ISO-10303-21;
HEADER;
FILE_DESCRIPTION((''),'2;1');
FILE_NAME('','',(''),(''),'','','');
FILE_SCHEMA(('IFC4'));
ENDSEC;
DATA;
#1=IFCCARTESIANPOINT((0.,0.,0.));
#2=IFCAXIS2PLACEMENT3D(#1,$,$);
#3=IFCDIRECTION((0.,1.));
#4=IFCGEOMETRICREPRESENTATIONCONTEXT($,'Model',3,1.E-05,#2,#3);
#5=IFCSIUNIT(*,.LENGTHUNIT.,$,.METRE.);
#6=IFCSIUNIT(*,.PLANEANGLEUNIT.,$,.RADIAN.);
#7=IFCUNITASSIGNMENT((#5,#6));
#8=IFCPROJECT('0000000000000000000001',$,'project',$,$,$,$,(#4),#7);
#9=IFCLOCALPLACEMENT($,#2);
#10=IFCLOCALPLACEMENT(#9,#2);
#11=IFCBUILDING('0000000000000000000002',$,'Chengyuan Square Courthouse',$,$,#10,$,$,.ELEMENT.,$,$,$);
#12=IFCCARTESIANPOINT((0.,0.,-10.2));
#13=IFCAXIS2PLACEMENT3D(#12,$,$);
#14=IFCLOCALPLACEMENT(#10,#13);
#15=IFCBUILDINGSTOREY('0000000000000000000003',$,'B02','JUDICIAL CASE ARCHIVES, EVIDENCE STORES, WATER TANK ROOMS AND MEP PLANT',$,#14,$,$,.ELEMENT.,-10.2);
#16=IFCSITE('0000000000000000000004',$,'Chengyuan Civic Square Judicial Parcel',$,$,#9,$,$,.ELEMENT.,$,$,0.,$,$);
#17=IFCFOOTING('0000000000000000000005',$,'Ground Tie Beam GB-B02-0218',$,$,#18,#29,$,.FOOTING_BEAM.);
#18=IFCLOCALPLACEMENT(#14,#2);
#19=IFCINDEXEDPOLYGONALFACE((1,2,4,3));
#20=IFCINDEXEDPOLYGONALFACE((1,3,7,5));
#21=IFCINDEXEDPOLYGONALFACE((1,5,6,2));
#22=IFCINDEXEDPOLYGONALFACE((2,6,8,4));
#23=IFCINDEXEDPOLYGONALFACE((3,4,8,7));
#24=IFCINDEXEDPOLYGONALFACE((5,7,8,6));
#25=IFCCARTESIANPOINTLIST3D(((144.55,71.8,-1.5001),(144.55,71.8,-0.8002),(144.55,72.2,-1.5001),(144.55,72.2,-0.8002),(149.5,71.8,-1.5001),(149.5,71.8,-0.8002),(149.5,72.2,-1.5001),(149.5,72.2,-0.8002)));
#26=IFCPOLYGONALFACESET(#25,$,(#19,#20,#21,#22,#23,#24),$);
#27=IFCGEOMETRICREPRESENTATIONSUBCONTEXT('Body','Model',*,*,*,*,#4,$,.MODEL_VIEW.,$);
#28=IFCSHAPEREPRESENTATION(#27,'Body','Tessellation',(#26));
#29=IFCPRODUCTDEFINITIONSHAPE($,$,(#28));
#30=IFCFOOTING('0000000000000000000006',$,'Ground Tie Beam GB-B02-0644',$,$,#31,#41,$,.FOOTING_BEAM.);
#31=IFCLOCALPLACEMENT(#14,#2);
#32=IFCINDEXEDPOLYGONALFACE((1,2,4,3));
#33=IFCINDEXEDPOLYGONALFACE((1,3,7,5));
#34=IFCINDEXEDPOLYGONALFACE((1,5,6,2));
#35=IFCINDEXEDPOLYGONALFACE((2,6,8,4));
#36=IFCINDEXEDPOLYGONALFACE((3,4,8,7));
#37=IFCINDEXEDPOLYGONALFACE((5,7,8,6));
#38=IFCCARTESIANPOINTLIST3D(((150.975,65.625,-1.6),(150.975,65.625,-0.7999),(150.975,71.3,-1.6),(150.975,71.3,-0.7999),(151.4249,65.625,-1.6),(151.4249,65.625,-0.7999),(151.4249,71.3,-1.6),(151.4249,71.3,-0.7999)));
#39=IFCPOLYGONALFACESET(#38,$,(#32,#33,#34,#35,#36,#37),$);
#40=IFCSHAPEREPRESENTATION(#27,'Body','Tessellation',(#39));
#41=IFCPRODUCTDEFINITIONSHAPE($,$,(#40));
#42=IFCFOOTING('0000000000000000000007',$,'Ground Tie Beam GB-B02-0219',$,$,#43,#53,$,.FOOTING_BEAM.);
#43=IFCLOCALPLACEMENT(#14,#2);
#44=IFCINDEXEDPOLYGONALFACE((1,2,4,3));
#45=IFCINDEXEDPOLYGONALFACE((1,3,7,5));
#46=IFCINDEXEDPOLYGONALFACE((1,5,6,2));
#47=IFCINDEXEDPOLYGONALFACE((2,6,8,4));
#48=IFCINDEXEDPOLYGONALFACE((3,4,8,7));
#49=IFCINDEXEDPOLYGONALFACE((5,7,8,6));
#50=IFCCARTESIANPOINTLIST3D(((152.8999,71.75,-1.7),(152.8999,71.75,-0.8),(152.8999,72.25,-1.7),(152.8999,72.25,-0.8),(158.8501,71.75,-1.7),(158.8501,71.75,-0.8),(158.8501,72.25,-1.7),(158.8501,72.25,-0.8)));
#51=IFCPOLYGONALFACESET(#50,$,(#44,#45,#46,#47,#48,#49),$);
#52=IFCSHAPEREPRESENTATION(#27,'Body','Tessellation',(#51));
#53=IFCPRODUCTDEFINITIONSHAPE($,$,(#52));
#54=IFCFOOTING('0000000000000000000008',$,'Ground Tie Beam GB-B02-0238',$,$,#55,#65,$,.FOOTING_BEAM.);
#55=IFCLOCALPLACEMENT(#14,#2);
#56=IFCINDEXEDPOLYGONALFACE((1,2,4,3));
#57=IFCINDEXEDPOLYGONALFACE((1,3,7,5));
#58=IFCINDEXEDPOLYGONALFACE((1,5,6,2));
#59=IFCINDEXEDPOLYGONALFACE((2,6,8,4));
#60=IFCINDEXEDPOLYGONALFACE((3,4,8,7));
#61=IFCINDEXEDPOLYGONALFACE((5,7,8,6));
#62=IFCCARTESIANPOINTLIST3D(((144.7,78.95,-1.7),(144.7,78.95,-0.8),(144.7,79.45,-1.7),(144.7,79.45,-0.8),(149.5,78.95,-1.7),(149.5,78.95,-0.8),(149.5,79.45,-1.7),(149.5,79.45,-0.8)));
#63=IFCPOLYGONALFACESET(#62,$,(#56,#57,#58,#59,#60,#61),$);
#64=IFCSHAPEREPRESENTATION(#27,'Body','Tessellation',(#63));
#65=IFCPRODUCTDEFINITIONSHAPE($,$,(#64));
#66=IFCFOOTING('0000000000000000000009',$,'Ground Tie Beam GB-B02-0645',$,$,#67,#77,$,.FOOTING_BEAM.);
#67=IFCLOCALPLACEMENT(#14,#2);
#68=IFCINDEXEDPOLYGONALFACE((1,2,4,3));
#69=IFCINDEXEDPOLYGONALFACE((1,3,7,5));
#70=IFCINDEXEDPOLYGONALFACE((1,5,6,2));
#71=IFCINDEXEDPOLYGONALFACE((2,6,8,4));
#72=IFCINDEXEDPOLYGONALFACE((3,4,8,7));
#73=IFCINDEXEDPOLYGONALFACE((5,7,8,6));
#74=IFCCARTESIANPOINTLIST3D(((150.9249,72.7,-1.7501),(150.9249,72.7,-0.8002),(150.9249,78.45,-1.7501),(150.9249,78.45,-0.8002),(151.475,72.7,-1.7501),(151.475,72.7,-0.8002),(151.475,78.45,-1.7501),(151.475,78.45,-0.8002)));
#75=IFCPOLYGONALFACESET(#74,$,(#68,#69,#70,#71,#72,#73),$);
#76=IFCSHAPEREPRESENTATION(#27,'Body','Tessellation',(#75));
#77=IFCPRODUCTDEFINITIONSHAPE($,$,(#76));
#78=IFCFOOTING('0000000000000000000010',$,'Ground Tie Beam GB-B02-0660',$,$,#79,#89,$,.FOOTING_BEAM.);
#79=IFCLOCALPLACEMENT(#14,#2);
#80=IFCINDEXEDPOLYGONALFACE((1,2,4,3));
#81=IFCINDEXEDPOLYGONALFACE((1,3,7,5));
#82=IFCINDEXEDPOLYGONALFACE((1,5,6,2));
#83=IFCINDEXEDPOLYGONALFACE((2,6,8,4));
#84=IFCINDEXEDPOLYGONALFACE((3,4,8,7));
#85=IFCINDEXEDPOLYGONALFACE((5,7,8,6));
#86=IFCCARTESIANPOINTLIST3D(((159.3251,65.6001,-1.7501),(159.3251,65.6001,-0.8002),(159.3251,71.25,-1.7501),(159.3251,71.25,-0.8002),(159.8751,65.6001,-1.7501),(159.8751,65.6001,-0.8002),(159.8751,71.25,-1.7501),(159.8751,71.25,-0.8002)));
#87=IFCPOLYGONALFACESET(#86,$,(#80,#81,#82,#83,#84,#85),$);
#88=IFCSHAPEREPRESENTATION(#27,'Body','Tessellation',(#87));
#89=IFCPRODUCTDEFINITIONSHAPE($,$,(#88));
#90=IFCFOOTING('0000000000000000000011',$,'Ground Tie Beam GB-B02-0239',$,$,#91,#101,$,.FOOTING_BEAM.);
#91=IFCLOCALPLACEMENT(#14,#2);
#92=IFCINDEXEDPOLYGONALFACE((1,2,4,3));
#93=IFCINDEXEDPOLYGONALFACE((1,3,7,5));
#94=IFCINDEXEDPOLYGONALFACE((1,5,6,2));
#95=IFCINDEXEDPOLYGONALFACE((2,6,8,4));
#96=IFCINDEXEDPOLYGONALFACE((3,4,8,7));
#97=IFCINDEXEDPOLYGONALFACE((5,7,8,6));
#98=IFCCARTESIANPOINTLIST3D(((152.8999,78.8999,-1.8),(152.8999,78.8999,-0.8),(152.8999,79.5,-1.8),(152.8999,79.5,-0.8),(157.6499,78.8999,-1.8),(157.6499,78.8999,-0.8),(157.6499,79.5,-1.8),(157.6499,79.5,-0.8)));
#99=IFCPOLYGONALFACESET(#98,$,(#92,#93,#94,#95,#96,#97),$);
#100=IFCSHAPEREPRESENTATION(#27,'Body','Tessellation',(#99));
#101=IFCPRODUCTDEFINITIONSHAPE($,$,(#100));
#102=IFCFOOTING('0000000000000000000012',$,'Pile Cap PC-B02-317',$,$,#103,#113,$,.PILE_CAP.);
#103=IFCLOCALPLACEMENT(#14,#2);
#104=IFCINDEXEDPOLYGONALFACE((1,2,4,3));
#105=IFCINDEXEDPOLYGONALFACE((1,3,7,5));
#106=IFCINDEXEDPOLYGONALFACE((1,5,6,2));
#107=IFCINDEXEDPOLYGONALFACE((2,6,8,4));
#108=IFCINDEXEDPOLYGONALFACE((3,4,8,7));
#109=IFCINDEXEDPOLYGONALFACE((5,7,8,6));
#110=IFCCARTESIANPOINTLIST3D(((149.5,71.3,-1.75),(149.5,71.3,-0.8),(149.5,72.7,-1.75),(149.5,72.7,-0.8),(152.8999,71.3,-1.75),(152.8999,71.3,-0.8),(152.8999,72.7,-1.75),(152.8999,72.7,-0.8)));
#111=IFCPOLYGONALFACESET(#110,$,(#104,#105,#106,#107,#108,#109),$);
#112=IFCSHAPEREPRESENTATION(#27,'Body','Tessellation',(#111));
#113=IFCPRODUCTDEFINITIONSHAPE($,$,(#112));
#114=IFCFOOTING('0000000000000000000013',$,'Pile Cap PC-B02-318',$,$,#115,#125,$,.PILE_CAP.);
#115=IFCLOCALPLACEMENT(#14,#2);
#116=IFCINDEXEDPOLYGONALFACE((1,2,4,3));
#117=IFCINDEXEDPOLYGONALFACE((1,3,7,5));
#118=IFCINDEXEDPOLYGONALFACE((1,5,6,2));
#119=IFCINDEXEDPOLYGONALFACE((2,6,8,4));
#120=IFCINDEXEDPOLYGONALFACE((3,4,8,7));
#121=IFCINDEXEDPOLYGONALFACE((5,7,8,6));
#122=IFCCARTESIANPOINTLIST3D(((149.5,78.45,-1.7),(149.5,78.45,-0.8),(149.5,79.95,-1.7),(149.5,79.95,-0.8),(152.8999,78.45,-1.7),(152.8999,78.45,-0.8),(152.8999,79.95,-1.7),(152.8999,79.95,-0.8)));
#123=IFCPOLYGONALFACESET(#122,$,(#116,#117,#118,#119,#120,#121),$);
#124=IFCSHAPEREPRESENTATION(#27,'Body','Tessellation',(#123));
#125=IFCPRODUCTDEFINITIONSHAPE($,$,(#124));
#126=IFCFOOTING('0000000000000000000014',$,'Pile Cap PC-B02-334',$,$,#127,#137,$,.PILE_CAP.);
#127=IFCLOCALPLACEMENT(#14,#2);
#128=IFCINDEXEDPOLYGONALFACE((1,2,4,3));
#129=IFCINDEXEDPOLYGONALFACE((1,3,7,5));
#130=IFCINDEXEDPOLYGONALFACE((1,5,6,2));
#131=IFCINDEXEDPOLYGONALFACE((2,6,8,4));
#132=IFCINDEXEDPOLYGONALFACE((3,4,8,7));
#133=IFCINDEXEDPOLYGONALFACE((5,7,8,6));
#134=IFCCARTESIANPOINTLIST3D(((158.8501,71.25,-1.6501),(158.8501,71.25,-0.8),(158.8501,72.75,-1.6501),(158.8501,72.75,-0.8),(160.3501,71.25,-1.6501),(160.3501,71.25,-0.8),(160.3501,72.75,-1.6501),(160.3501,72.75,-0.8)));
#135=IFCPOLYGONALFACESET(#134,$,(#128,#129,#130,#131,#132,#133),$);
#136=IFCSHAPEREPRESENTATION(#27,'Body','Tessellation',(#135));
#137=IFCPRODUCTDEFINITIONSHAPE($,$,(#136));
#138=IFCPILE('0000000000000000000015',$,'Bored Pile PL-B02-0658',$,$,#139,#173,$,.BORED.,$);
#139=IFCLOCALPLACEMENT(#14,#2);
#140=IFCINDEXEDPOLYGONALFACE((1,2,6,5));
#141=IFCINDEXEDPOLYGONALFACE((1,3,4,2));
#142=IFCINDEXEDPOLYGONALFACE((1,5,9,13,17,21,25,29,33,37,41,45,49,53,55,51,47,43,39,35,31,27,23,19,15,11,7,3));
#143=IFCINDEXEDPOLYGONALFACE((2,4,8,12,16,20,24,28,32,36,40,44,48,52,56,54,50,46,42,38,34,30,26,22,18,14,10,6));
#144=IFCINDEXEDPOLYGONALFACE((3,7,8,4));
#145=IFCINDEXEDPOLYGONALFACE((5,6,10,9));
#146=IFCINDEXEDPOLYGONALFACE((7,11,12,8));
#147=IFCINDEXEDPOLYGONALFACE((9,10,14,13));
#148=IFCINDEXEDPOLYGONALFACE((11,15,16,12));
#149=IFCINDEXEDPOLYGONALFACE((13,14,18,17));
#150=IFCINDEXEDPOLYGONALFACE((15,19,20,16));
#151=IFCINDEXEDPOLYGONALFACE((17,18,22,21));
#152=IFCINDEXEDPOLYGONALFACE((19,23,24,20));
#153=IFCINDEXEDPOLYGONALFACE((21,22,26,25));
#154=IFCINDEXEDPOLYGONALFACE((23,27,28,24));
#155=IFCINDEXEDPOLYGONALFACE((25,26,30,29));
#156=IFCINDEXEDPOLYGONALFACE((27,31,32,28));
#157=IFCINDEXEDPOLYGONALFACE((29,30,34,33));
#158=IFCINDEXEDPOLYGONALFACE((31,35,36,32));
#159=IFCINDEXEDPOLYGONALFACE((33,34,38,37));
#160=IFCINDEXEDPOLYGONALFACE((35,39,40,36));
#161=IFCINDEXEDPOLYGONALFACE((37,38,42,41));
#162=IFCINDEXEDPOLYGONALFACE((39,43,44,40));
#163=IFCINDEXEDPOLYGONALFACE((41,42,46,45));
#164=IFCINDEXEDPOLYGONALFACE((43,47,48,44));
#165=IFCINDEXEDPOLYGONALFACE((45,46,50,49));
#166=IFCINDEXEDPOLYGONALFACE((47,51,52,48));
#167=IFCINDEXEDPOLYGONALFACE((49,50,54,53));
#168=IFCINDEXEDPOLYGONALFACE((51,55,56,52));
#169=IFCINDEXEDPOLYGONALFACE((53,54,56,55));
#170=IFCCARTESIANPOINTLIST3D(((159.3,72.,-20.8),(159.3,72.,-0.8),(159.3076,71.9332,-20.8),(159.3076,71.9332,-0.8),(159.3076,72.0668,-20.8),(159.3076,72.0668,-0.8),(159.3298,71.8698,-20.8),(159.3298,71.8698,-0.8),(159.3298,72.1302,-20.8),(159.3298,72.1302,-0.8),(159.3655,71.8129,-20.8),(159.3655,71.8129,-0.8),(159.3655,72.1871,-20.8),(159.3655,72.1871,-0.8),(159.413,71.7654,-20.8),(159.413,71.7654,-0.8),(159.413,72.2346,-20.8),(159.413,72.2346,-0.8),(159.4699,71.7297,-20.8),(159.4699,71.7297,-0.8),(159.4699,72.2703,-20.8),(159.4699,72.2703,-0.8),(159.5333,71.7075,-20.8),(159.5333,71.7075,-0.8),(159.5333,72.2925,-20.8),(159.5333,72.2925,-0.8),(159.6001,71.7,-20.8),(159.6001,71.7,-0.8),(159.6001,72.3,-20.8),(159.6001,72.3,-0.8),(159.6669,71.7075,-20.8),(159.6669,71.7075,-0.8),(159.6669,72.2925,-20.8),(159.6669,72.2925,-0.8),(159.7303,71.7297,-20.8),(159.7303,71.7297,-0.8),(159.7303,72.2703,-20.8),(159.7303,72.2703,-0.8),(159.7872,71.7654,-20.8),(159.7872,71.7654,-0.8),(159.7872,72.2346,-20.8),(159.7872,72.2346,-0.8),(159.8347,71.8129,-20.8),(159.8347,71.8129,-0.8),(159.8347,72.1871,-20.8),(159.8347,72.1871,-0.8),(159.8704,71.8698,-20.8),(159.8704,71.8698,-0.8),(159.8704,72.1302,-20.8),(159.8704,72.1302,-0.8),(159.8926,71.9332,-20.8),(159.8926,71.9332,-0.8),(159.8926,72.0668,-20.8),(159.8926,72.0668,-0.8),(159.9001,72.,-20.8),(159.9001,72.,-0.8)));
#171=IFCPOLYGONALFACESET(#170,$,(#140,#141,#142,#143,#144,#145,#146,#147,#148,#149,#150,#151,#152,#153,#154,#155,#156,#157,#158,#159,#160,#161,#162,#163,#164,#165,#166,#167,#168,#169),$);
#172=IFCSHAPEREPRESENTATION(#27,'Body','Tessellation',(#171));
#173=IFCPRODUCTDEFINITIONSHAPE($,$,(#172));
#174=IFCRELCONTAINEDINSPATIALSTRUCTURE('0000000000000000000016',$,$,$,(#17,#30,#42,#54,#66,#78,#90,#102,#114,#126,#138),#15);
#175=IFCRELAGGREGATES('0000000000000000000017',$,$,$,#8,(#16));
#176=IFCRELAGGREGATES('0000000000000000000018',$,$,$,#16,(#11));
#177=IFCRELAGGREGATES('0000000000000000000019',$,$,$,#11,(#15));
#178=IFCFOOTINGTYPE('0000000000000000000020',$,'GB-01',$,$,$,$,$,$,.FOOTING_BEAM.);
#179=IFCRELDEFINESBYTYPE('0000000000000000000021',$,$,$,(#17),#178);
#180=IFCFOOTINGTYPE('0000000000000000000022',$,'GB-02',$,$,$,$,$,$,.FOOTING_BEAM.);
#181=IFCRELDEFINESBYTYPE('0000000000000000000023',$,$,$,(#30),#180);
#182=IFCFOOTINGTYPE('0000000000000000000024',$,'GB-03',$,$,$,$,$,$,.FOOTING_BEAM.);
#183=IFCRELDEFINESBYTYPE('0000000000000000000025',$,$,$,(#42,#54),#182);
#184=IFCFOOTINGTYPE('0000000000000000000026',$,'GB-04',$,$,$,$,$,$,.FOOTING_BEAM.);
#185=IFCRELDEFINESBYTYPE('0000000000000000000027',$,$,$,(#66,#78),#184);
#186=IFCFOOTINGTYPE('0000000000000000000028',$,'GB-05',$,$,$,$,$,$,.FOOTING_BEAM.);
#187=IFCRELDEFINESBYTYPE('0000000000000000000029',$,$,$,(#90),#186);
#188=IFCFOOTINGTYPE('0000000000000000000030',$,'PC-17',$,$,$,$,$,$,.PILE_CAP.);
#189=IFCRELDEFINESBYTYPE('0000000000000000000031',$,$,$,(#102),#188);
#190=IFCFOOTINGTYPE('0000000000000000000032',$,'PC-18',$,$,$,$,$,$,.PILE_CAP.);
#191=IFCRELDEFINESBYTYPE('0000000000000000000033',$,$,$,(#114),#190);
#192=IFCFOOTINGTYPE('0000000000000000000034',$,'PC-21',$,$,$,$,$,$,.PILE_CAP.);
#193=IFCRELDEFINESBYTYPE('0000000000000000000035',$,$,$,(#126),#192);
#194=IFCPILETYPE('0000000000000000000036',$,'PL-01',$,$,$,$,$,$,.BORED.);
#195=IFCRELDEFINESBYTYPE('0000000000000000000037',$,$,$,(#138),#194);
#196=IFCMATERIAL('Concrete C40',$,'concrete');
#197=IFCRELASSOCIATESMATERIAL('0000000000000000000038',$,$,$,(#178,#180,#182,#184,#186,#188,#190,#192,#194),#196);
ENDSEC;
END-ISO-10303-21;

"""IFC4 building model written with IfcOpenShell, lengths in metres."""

from ifc_helpers import new_model, si_unit, direction, frame, origin, origin_2d, place, context, subcontext, project, spatial, rectangle, circle, extrude, material, material_profile, profile_set, type_object, element, save


model = new_model("IFC4")

# Units and contexts
model_context = context("Model", 3, precision=1e-05, world=origin(), true_north=direction((0.0, 1.0)))
body_context = subcontext(model_context, "Body", "Model", "MODEL_VIEW")
ifc_project = project(units=[si_unit("LENGTHUNIT", "METRE"), si_unit("PLANEANGLEUNIT", "RADIAN")], contexts=[model_context])

# Site, building, storey
site_placement = place(None, origin())
site = spatial("IfcSite", under=ifc_project, at=site_placement, Name="Chengyuan Civic Square Judicial Parcel", CompositionType="ELEMENT", RefElevation=0.0)
building_placement = place(site_placement, origin())
building = spatial("IfcBuilding", under=site, at=building_placement, Name="Chengyuan Square Courthouse", CompositionType="ELEMENT")
storey_placement = place(building_placement, frame((0.0, 0.0, -10.2)))
storey = spatial("IfcBuildingStorey", under=building, at=storey_placement, Name="B02", Description="JUDICIAL CASE ARCHIVES, EVIDENCE STORES, WATER TANK ROOMS AND MEP PLANT", CompositionType="ELEMENT", Elevation=-10.2)

# Footings
ifc_material_1 = material(Name="Concrete C40", Category="concrete")
ifc_material_profile_1 = material_profile(ifc_material_1, rectangle(XDim=0.3999, YDim=0.7, at=origin_2d()), Name="GB-400x700")
ifc_profile_set_1 = profile_set([ifc_material_profile_1], Name="Concrete C40")
footing_type_1 = type_object("IfcFootingType", Name="GB-01", PredefinedType="FOOTING_BEAM", material=ifc_profile_set_1)
footing_1_placement = place(storey_placement, frame((144.55, 72.0, -1.1501), z_axis=(1.0, 0.0, 0.0), x_axis=(0.0, 1.0, 0.0)))
element("IfcFooting", 1, at=footing_1_placement, inside=storey, type_object=footing_type_1, Name="Ground Tie Beam GB-B02-0218", PredefinedType="FOOTING_BEAM", context=body_context, shape_type="SweptSolid", body=[
    extrude(rectangle(XDim=0.3999, YDim=0.7, at=origin_2d()), origin(), (0.0, 0.0, 1.0), 4.95),
])
ifc_material_profile_2 = material_profile(ifc_material_1, rectangle(XDim=0.45, YDim=0.8, at=origin_2d()), Name="GB-450x800")
ifc_profile_set_2 = profile_set([ifc_material_profile_2], Name="Concrete C40")
footing_type_2 = type_object("IfcFootingType", Name="GB-02", PredefinedType="FOOTING_BEAM", material=ifc_profile_set_2)
footing_2_placement = place(storey_placement, frame((151.2, 65.625, -1.2), z_axis=(0.0, 1.0, 0.0), x_axis=(-1.0, 0.0, 0.0)))
element("IfcFooting", 2, at=footing_2_placement, inside=storey, type_object=footing_type_2, Name="Ground Tie Beam GB-B02-0644", PredefinedType="FOOTING_BEAM", context=body_context, shape_type="SweptSolid", body=[
    extrude(rectangle(XDim=0.45, YDim=0.8, at=origin_2d()), origin(), (0.0, 0.0, 1.0), 5.675),
])
ifc_material_profile_3 = material_profile(ifc_material_1, rectangle(XDim=0.5, YDim=0.8999, at=origin_2d()), Name="GB-500x900")
ifc_profile_set_3 = profile_set([ifc_material_profile_3], Name="Concrete C40")
footing_type_3 = type_object("IfcFootingType", Name="GB-03", PredefinedType="FOOTING_BEAM", material=ifc_profile_set_3)
footing_3_placement = place(storey_placement, frame((152.8999, 72.0, -1.25), z_axis=(1.0, 0.0, 0.0), x_axis=(0.0, 1.0, 0.0)))
element("IfcFooting", 3, at=footing_3_placement, inside=storey, type_object=footing_type_3, Name="Ground Tie Beam GB-B02-0219", PredefinedType="FOOTING_BEAM", context=body_context, shape_type="SweptSolid", body=[
    extrude(rectangle(XDim=0.5, YDim=0.8999, at=origin_2d()), origin(), (0.0, 0.0, 1.0), 5.9502),
])
footing_4_placement = place(storey_placement, frame((144.7, 79.2, -1.25), z_axis=(1.0, 0.0, 0.0), x_axis=(0.0, 1.0, 0.0)))
element("IfcFooting", 4, at=footing_4_placement, inside=storey, type_object=footing_type_3, Name="Ground Tie Beam GB-B02-0238", PredefinedType="FOOTING_BEAM", context=body_context, shape_type="SweptSolid", body=[
    extrude(rectangle(XDim=0.5, YDim=0.8999, at=origin_2d()), origin(), (0.0, 0.0, 1.0), 4.8),
])
ifc_material_profile_4 = material_profile(ifc_material_1, rectangle(XDim=0.55, YDim=0.95, at=origin_2d()), Name="GB-550x950")
ifc_profile_set_4 = profile_set([ifc_material_profile_4], Name="Concrete C40")
footing_type_4 = type_object("IfcFootingType", Name="GB-04", PredefinedType="FOOTING_BEAM", material=ifc_profile_set_4)
footing_5_placement = place(storey_placement, frame((151.2, 72.7, -1.2751), z_axis=(0.0, 1.0, 0.0), x_axis=(-1.0, 0.0, 0.0)))
element("IfcFooting", 5, at=footing_5_placement, inside=storey, type_object=footing_type_4, Name="Ground Tie Beam GB-B02-0645", PredefinedType="FOOTING_BEAM", context=body_context, shape_type="SweptSolid", body=[
    extrude(rectangle(XDim=0.55, YDim=0.95, at=origin_2d()), origin(), (0.0, 0.0, 1.0), 5.75),
])
footing_6_placement = place(storey_placement, frame((159.6001, 65.6001, -1.2751), z_axis=(0.0, 1.0, 0.0), x_axis=(-1.0, 0.0, 0.0)))
element("IfcFooting", 6, at=footing_6_placement, inside=storey, type_object=footing_type_4, Name="Ground Tie Beam GB-B02-0660", PredefinedType="FOOTING_BEAM", context=body_context, shape_type="SweptSolid", body=[
    extrude(rectangle(XDim=0.55, YDim=0.95, at=origin_2d()), origin(), (0.0, 0.0, 1.0), 5.6499),
])
ifc_material_profile_5 = material_profile(ifc_material_1, rectangle(XDim=0.6001, YDim=1.0, at=origin_2d()), Name="GB-600x1000")
ifc_profile_set_5 = profile_set([ifc_material_profile_5], Name="Concrete C40")
footing_type_5 = type_object("IfcFootingType", Name="GB-05", PredefinedType="FOOTING_BEAM", material=ifc_profile_set_5)
footing_7_placement = place(storey_placement, frame((152.8999, 79.2, -1.3), z_axis=(1.0, 0.0, 0.0), x_axis=(0.0, 1.0, 0.0)))
element("IfcFooting", 7, at=footing_7_placement, inside=storey, type_object=footing_type_5, Name="Ground Tie Beam GB-B02-0239", PredefinedType="FOOTING_BEAM", context=body_context, shape_type="SweptSolid", body=[
    extrude(rectangle(XDim=0.6001, YDim=1.0, at=origin_2d()), origin(), (0.0, 0.0, 1.0), 4.75),
])
footing_type_6 = type_object("IfcFootingType", Name="PC-17", PredefinedType="PILE_CAP", material=ifc_material_1)
footing_8_placement = place(storey_placement, frame((151.2, 72.0, -1.75), z_axis=(0.0, 0.0, 1.0), x_axis=(1.0, 0.0, 0.0)))
element("IfcFooting", 8, at=footing_8_placement, inside=storey, type_object=footing_type_6, Name="Pile Cap PC-B02-317", PredefinedType="PILE_CAP", context=body_context, shape_type="SweptSolid", body=[
    extrude(rectangle(XDim=3.3999, YDim=1.3999, at=origin_2d()), origin(), (0.0, 0.0, 1.0), 0.95),
])
footing_type_7 = type_object("IfcFootingType", Name="PC-18", PredefinedType="PILE_CAP", material=ifc_material_1)
footing_9_placement = place(storey_placement, frame((151.2, 79.2, -1.7), z_axis=(0.0, 0.0, 1.0), x_axis=(1.0, 0.0, 0.0)))
element("IfcFooting", 9, at=footing_9_placement, inside=storey, type_object=footing_type_7, Name="Pile Cap PC-B02-318", PredefinedType="PILE_CAP", context=body_context, shape_type="SweptSolid", body=[
    extrude(rectangle(XDim=3.3999, YDim=1.5, at=origin_2d()), origin(), (0.0, 0.0, 1.0), 0.8999),
])
footing_type_8 = type_object("IfcFootingType", Name="PC-21", PredefinedType="PILE_CAP", material=ifc_material_1)
footing_10_placement = place(storey_placement, frame((159.6001, 72.0, -1.6501), z_axis=(0.0, 0.0, 1.0), x_axis=(1.0, 0.0, 0.0)))
element("IfcFooting", 10, at=footing_10_placement, inside=storey, type_object=footing_type_8, Name="Pile Cap PC-B02-334", PredefinedType="PILE_CAP", context=body_context, shape_type="SweptSolid", body=[
    extrude(rectangle(XDim=1.5, YDim=1.5, at=origin_2d()), origin(), (0.0, 0.0, 1.0), 0.8501),
])

# Pile
ifc_material_profile_6 = material_profile(ifc_material_1, circle(Radius=0.3, at=origin_2d()), Name="BORED PILE D600")
ifc_profile_set_6 = profile_set([ifc_material_profile_6], Name="Concrete C40")
pile_type_1 = type_object("IfcPileType", Name="PL-01", PredefinedType="BORED", material=ifc_profile_set_6)
pile_placement = place(storey_placement, frame((159.6001, 72.0, -0.8), z_axis=(0.0, 0.0, -1.0), x_axis=(1.0, 0.0, 0.0)))
element("IfcPile", 11, at=pile_placement, inside=storey, type_object=pile_type_1, Name="Bored Pile PL-B02-0658", PredefinedType="BORED", context=body_context, shape_type="SweptSolid", body=[
    extrude(circle(Radius=0.3, at=origin_2d()), origin(), (0.0, 0.0, 1.0), 20.0),
])

save(model, "model.ifc")
